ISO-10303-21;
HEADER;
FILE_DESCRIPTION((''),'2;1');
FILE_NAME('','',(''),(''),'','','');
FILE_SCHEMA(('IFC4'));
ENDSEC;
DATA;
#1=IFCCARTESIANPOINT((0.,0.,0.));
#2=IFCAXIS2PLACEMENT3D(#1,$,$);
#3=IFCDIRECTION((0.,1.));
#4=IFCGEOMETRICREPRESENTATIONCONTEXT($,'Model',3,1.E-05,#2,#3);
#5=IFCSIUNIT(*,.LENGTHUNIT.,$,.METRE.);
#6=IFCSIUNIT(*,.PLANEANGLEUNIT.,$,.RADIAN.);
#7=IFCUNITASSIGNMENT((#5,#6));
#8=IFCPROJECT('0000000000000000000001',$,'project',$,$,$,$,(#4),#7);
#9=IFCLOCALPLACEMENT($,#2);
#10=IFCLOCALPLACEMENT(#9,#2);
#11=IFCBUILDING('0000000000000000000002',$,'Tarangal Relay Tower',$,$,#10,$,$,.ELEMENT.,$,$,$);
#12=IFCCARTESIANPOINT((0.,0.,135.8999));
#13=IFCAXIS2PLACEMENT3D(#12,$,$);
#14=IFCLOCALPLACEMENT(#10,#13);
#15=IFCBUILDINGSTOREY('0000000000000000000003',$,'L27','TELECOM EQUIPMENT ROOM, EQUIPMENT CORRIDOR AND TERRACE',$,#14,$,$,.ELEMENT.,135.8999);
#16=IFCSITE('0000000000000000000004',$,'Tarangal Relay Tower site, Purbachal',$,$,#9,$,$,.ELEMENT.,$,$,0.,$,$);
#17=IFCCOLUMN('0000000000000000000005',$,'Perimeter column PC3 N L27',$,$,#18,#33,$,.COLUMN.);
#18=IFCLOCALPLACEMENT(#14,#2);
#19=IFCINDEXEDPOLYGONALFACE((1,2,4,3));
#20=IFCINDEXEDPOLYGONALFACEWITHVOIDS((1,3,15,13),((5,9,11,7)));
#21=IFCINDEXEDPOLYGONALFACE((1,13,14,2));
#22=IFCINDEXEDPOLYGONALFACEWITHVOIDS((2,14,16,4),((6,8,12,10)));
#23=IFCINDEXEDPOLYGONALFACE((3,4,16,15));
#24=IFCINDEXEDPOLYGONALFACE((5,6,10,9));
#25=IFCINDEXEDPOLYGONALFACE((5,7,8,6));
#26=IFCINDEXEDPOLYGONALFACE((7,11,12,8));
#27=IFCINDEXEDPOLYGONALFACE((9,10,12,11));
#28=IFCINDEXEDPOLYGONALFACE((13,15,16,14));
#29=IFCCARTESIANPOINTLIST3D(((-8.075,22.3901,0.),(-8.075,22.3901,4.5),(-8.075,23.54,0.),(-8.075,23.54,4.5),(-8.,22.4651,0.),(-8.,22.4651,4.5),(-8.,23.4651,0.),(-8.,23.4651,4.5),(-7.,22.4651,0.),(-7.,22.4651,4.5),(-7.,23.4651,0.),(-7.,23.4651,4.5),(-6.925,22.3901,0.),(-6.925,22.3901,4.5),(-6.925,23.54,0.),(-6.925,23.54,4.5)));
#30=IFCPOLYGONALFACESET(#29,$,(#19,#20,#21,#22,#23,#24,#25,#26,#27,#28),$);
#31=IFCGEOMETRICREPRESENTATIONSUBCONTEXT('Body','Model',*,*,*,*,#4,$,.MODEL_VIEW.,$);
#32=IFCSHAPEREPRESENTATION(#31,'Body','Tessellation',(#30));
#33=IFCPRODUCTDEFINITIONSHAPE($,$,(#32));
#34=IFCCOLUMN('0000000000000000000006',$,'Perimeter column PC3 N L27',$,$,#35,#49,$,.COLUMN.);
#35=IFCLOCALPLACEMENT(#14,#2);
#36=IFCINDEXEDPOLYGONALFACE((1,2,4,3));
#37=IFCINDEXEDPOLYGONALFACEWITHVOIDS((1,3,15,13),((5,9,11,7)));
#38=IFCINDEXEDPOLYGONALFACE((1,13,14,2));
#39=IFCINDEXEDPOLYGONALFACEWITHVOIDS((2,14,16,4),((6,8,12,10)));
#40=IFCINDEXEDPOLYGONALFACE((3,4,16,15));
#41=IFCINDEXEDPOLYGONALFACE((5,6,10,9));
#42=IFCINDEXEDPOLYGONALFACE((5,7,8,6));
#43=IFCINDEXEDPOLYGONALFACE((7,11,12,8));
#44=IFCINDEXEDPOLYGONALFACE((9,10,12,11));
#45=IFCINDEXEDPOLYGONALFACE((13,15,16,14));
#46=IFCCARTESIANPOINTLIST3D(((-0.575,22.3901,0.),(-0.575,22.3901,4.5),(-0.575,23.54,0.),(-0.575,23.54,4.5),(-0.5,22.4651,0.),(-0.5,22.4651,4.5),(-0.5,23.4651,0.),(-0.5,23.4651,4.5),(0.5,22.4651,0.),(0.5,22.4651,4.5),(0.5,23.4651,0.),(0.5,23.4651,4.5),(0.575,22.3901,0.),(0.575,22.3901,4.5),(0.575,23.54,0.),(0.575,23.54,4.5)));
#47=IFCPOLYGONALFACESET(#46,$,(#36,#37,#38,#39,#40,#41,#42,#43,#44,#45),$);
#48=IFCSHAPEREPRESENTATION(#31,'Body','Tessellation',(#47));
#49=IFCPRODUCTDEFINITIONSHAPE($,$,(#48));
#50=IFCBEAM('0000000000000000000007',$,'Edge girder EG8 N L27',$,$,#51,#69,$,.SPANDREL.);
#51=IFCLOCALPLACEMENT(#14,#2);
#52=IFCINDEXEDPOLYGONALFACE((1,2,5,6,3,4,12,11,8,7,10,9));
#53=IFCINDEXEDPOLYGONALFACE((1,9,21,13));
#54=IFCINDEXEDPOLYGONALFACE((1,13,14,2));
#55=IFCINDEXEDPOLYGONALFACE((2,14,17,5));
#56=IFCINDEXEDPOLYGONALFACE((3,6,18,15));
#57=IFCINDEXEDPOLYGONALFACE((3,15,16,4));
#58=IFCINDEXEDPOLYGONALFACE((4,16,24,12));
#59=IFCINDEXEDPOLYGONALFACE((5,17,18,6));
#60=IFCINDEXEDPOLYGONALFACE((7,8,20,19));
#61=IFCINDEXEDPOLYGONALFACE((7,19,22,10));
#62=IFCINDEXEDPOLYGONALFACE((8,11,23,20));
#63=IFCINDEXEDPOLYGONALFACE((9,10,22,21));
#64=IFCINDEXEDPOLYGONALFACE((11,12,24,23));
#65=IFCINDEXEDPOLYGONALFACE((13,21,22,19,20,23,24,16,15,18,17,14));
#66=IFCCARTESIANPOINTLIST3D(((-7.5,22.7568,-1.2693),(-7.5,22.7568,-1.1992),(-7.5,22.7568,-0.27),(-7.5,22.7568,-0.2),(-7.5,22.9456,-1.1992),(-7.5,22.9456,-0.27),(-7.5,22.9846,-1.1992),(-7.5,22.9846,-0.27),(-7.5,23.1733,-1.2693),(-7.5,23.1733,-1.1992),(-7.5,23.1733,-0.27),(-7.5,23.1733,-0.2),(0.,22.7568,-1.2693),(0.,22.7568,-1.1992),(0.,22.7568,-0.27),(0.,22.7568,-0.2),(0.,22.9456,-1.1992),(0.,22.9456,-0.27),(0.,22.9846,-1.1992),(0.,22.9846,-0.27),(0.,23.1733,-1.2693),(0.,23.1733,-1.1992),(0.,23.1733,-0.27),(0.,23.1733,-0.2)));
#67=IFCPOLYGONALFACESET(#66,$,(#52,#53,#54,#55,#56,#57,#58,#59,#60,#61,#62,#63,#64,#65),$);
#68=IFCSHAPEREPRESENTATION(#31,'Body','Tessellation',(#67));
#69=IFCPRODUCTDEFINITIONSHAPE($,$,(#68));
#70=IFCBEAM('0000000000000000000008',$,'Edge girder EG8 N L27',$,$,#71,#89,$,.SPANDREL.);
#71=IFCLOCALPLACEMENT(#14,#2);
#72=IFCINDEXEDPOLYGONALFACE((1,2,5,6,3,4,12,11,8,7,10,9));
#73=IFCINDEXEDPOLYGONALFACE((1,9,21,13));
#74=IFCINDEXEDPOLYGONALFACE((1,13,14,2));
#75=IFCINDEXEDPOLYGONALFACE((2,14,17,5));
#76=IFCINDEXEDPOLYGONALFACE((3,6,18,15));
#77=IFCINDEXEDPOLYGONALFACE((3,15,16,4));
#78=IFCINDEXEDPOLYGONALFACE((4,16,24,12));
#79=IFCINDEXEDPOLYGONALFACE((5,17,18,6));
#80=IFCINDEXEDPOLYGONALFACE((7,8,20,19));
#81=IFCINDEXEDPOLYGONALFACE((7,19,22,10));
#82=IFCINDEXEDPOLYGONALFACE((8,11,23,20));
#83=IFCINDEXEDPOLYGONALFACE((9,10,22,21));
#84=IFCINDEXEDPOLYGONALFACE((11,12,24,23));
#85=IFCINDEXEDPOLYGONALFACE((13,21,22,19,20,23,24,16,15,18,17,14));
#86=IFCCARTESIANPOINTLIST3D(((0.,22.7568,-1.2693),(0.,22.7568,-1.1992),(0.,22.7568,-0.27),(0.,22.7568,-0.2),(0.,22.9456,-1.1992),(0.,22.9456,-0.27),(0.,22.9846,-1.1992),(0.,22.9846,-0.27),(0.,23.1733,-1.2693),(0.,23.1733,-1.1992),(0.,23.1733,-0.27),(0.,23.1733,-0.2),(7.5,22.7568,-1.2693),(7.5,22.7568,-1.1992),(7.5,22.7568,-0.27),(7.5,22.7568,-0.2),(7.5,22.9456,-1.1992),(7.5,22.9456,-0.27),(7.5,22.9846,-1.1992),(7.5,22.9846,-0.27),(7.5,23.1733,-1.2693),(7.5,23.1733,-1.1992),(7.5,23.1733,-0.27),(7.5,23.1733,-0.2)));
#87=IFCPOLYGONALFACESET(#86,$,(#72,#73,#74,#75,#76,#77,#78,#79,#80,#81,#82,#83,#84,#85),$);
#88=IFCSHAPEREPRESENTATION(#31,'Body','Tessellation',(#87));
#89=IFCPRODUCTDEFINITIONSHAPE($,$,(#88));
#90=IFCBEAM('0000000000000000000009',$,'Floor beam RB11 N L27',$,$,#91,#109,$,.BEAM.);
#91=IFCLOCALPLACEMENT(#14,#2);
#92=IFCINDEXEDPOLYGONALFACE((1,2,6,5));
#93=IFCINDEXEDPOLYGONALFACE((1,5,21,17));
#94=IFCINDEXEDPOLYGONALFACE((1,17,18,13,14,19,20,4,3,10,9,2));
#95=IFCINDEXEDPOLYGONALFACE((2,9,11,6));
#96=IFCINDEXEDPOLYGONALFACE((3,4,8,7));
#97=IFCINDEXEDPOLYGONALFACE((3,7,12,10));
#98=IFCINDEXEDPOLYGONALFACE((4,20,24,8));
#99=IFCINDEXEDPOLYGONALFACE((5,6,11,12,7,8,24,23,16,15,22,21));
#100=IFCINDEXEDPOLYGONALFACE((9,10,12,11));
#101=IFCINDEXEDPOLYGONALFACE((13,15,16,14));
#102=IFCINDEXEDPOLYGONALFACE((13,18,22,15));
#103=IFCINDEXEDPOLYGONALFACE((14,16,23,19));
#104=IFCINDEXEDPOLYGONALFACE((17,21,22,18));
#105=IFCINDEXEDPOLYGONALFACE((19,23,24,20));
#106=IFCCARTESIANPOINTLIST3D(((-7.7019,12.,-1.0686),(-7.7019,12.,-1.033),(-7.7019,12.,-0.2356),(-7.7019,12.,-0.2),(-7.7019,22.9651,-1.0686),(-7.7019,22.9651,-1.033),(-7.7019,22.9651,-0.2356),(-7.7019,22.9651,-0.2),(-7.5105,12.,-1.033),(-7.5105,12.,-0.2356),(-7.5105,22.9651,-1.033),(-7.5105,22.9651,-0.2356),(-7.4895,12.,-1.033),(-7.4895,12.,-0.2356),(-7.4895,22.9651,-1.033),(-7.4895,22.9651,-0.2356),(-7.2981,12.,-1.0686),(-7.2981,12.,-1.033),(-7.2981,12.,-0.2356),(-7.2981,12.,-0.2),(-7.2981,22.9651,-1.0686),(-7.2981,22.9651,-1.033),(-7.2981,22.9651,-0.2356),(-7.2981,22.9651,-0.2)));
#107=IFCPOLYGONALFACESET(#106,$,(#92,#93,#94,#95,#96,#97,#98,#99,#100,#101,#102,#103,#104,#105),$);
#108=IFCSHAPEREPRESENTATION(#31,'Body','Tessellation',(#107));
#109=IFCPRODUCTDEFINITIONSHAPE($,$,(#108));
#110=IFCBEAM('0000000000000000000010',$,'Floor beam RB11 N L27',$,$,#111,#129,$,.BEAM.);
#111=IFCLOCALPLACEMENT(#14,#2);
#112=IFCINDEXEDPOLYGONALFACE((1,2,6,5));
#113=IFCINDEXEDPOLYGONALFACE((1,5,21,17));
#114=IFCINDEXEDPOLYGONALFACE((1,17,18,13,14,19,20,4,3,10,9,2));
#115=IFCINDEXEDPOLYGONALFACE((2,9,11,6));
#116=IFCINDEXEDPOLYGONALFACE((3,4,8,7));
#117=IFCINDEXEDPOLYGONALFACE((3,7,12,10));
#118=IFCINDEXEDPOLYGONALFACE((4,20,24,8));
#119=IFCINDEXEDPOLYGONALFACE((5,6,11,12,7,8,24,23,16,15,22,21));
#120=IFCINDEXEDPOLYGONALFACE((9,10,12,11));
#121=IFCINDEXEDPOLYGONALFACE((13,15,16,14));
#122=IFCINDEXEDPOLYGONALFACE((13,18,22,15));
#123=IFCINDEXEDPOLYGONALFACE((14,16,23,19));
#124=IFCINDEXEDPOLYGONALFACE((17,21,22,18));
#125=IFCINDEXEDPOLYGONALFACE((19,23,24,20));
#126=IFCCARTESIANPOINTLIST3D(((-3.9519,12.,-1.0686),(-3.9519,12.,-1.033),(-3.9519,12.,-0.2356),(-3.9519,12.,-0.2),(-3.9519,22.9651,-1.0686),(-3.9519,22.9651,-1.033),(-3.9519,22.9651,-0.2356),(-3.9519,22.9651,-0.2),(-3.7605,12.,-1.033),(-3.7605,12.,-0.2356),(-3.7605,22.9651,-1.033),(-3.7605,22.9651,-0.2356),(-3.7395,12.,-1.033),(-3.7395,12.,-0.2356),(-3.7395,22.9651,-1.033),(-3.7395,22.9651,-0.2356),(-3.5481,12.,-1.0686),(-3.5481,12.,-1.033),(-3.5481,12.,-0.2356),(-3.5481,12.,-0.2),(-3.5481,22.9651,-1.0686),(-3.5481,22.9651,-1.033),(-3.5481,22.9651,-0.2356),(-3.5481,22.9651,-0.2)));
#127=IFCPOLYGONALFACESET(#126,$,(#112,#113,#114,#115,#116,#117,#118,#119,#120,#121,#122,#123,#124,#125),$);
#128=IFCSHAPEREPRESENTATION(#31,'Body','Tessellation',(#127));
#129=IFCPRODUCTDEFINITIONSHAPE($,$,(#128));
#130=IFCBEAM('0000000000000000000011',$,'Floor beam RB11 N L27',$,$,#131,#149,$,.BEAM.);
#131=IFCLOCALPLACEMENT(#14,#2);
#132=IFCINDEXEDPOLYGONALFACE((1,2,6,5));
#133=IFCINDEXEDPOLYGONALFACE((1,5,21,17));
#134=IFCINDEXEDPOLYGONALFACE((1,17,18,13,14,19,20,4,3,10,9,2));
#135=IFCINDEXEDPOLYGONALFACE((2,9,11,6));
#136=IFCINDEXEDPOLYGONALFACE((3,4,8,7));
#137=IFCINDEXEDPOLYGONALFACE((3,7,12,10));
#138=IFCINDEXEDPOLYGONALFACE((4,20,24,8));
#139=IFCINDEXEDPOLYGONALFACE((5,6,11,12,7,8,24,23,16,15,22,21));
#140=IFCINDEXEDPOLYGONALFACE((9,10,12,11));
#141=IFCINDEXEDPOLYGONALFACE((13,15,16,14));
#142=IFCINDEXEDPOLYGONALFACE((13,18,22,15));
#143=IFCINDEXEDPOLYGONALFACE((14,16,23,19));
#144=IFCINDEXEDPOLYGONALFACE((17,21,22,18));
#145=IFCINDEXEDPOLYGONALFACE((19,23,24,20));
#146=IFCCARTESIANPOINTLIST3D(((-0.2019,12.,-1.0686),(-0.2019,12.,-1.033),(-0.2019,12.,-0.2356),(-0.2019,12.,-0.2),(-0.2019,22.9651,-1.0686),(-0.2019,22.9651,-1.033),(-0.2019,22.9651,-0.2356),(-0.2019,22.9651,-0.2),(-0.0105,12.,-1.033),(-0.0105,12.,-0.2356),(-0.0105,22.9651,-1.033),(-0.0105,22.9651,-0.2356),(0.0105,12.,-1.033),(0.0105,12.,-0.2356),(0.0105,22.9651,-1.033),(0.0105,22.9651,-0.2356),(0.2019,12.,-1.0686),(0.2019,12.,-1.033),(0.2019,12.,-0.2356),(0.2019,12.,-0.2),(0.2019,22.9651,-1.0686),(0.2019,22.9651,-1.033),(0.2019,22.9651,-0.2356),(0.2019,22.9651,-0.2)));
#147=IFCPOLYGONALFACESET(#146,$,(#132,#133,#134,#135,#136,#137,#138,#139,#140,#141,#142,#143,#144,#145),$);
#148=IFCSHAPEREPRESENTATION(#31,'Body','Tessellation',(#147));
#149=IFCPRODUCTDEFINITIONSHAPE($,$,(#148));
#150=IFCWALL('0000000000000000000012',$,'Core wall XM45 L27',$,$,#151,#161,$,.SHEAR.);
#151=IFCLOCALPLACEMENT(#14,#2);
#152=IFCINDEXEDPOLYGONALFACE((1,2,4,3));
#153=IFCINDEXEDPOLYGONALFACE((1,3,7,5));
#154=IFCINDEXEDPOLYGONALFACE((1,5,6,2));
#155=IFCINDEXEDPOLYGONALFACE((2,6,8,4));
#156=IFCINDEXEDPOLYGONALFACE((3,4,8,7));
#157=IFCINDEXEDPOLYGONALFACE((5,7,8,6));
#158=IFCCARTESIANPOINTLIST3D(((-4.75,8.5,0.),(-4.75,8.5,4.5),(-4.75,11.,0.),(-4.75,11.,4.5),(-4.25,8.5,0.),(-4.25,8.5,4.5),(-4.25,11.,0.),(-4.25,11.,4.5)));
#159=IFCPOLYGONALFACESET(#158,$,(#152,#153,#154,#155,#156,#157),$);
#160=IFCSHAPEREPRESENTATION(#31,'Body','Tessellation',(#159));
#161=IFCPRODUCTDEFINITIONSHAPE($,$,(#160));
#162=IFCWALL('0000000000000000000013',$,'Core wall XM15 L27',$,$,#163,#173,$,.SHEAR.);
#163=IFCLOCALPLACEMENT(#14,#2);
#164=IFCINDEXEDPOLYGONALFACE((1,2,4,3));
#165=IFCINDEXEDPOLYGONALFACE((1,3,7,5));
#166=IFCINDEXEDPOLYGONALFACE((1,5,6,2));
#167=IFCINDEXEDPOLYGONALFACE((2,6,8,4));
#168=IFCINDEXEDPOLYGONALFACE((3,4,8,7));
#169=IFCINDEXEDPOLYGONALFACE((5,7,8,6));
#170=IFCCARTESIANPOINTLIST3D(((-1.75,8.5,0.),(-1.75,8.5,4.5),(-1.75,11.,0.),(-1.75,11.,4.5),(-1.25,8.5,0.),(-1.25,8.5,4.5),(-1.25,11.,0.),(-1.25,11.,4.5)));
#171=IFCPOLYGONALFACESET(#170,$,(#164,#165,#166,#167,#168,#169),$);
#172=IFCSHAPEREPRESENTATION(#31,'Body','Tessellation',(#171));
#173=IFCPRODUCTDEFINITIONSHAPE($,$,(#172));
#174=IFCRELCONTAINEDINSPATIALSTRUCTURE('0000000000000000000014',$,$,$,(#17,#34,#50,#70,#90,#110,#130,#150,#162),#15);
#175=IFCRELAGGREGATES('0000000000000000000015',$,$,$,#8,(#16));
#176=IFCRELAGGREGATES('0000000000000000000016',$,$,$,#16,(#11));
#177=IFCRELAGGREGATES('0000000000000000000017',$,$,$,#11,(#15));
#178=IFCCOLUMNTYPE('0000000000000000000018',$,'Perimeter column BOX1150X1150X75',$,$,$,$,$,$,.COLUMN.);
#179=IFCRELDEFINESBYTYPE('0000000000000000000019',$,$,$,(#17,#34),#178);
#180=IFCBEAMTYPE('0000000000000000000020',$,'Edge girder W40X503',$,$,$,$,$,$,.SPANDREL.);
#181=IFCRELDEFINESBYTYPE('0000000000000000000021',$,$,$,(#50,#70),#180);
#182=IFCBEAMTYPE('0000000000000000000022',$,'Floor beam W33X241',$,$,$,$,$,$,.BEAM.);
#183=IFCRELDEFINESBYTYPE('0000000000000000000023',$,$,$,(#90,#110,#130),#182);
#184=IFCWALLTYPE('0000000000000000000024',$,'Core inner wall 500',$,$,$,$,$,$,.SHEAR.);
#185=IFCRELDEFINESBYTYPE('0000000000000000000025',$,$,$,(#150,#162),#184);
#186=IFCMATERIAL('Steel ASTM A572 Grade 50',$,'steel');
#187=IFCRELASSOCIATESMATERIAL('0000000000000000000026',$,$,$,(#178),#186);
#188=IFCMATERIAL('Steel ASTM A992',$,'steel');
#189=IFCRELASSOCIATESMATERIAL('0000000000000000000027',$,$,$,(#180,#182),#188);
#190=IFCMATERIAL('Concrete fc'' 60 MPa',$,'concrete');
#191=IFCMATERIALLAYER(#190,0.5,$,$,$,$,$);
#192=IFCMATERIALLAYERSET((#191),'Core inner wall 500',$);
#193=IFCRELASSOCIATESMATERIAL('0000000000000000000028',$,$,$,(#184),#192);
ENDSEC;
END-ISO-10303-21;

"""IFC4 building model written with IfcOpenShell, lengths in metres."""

from ifc_helpers import new_model, si_unit, direction, frame, frame_2d, origin, origin_2d, place, context, subcontext, project, spatial, rectangle, hollow_rectangle, i_section, extrude, material, layer, layer_set, material_profile, profile_set, type_object, element, save


model = new_model("IFC4")

# Units and contexts
model_context = context("Model", 3, precision=1e-05, world=origin(), true_north=direction((0.0, 1.0)))
body_context = subcontext(model_context, "Body", "Model", "MODEL_VIEW")
ifc_project = project(units=[si_unit("LENGTHUNIT", "METRE"), si_unit("PLANEANGLEUNIT", "RADIAN")], contexts=[model_context])

# Site, building, storey
site_placement = place(None, origin())
site = spatial("IfcSite", under=ifc_project, at=site_placement, Name="Tarangal Relay Tower site, Purbachal", CompositionType="ELEMENT", RefElevation=0.0)
building_placement = place(site_placement, origin())
building = spatial("IfcBuilding", under=site, at=building_placement, Name="Tarangal Relay Tower", CompositionType="ELEMENT")
storey_placement = place(building_placement, frame((0.0, 0.0, 135.8999)))
storey = spatial("IfcBuildingStorey", under=building, at=storey_placement, Name="L27", Description="TELECOM EQUIPMENT ROOM, EQUIPMENT CORRIDOR AND TERRACE", CompositionType="ELEMENT", Elevation=135.8999)

# Columns
ifc_material_1 = material(Name="Steel ASTM A572 Grade 50", Category="steel")
ifc_material_profile_1 = material_profile(ifc_material_1, hollow_rectangle(XDim=1.1499, YDim=1.1499, WallThickness=0.075, at=origin_2d()), Name="BOX1150X1150X75")
ifc_profile_set_1 = profile_set([ifc_material_profile_1], Name="Steel ASTM A572 Grade 50")
column_type = type_object("IfcColumnType", Name="Perimeter column BOX1150X1150X75", PredefinedType="COLUMN", material=ifc_profile_set_1)
for number, where, z_axis, x_axis, name in (
    (1, (-7.5, 22.9651, 0.0), (0.0, 0.0, 1.0), (1.0, 0.0, 0.0), "Perimeter column PC3 N L27"),
    (2, (0.0, 22.9651, 0.0), (0.0, 0.0, 1.0), (1.0, 0.0, 0.0), "Perimeter column PC3 N L27"),
):
    element("IfcColumn", number, at=place(storey_placement, frame(where, z_axis=z_axis, x_axis=x_axis)), inside=storey, type_object=column_type, Name=name, PredefinedType="COLUMN", context=body_context, shape_type="SweptSolid", body=[
        extrude(hollow_rectangle(XDim=1.1499, YDim=1.1499, WallThickness=0.075, at=origin_2d()), origin(), (0.0, 0.0, 1.0), 4.5),
    ])

# Beams
ifc_material_2 = material(Name="Steel ASTM A992", Category="steel")
ifc_material_profile_2 = material_profile(ifc_material_2, i_section(OverallWidth=0.4165, OverallDepth=1.0693, WebThickness=0.0391, FlangeThickness=0.0701, at=origin_2d()), Name="W40X503")
ifc_profile_set_2 = profile_set([ifc_material_profile_2], Name="Steel ASTM A992")
beam_type_1 = type_object("IfcBeamType", Name="Edge girder W40X503", PredefinedType="SPANDREL", material=ifc_profile_set_2)
for number, where, z_axis, x_axis, name in (
    (3, (-7.5, 22.9651, -0.7346), (1.0, 0.0, 0.0), (0.0, 1.0, 0.0), "Edge girder EG8 N L27"),
    (4, (0.0, 22.9651, -0.7346), (1.0, 0.0, 0.0), (0.0, 1.0, 0.0), "Edge girder EG8 N L27"),
):
    element("IfcBeam", number, at=place(storey_placement, frame(where, z_axis=z_axis, x_axis=x_axis)), inside=storey, type_object=beam_type_1, Name=name, PredefinedType="SPANDREL", context=body_context, shape_type="SweptSolid", body=[
        extrude(i_section(OverallWidth=0.4165, OverallDepth=1.0693, WebThickness=0.0391, FlangeThickness=0.0701, at=origin_2d()), origin(), (0.0, 0.0, 1.0), 7.5),
    ])
ifc_material_profile_3 = material_profile(ifc_material_2, i_section(OverallWidth=0.4038, OverallDepth=0.8687, WebThickness=0.021, FlangeThickness=0.0356, at=origin_2d()), Name="W33X241")
ifc_profile_set_3 = profile_set([ifc_material_profile_3], Name="Steel ASTM A992")
beam_type_2 = type_object("IfcBeamType", Name="Floor beam W33X241", PredefinedType="BEAM", material=ifc_profile_set_3)
for number, where, z_axis, x_axis, name in (
    (5, (-7.5, 12.0, -0.6343), (0.0, 1.0, 0.0), (-1.0, 0.0, 0.0), "Floor beam RB11 N L27"),
    (6, (-3.75, 12.0, -0.6343), (0.0, 1.0, 0.0), (-1.0, 0.0, 0.0), "Floor beam RB11 N L27"),
    (7, (0.0, 12.0, -0.6343), (0.0, 1.0, 0.0), (-1.0, 0.0, 0.0), "Floor beam RB11 N L27"),
):
    element("IfcBeam", number, at=place(storey_placement, frame(where, z_axis=z_axis, x_axis=x_axis)), inside=storey, type_object=beam_type_2, Name=name, PredefinedType="BEAM", context=body_context, shape_type="SweptSolid", body=[
        extrude(i_section(OverallWidth=0.4038, OverallDepth=0.8687, WebThickness=0.021, FlangeThickness=0.0356, at=origin_2d()), origin(), (0.0, 0.0, 1.0), 10.9651),
    ])

# Shared definitions
ifc_material_3 = material(Name="Concrete fc' 60 MPa", Category="concrete")
ifc_layer = layer(ifc_material_3, 0.5)
ifc_layer_set = layer_set([ifc_layer], Name="Core inner wall 500")
wall_type = type_object("IfcWallType", Name="Core inner wall 500", PredefinedType="SHEAR", material=ifc_layer_set)

# Walls
for number, where, z_axis, x_axis, name in (
    (8, (-4.5, 8.5, 0.0), (0.0, 0.0, 1.0), (0.0, 1.0, 0.0), "Core wall XM45 L27"),
    (9, (-1.5, 8.5, 0.0), (0.0, 0.0, 1.0), (0.0, 1.0, 0.0), "Core wall XM15 L27"),
):
    element("IfcWall", number, at=place(storey_placement, frame(where, z_axis=z_axis, x_axis=x_axis)), inside=storey, type_object=wall_type, Name=name, PredefinedType="SHEAR", context=body_context, shape_type="SweptSolid", body=[
        extrude(rectangle(XDim=2.5, YDim=0.5, at=frame_2d((1.25, 0.0))), origin(), (0.0, 0.0, 1.0), 4.5),
    ])

save(model, "model.ifc")
